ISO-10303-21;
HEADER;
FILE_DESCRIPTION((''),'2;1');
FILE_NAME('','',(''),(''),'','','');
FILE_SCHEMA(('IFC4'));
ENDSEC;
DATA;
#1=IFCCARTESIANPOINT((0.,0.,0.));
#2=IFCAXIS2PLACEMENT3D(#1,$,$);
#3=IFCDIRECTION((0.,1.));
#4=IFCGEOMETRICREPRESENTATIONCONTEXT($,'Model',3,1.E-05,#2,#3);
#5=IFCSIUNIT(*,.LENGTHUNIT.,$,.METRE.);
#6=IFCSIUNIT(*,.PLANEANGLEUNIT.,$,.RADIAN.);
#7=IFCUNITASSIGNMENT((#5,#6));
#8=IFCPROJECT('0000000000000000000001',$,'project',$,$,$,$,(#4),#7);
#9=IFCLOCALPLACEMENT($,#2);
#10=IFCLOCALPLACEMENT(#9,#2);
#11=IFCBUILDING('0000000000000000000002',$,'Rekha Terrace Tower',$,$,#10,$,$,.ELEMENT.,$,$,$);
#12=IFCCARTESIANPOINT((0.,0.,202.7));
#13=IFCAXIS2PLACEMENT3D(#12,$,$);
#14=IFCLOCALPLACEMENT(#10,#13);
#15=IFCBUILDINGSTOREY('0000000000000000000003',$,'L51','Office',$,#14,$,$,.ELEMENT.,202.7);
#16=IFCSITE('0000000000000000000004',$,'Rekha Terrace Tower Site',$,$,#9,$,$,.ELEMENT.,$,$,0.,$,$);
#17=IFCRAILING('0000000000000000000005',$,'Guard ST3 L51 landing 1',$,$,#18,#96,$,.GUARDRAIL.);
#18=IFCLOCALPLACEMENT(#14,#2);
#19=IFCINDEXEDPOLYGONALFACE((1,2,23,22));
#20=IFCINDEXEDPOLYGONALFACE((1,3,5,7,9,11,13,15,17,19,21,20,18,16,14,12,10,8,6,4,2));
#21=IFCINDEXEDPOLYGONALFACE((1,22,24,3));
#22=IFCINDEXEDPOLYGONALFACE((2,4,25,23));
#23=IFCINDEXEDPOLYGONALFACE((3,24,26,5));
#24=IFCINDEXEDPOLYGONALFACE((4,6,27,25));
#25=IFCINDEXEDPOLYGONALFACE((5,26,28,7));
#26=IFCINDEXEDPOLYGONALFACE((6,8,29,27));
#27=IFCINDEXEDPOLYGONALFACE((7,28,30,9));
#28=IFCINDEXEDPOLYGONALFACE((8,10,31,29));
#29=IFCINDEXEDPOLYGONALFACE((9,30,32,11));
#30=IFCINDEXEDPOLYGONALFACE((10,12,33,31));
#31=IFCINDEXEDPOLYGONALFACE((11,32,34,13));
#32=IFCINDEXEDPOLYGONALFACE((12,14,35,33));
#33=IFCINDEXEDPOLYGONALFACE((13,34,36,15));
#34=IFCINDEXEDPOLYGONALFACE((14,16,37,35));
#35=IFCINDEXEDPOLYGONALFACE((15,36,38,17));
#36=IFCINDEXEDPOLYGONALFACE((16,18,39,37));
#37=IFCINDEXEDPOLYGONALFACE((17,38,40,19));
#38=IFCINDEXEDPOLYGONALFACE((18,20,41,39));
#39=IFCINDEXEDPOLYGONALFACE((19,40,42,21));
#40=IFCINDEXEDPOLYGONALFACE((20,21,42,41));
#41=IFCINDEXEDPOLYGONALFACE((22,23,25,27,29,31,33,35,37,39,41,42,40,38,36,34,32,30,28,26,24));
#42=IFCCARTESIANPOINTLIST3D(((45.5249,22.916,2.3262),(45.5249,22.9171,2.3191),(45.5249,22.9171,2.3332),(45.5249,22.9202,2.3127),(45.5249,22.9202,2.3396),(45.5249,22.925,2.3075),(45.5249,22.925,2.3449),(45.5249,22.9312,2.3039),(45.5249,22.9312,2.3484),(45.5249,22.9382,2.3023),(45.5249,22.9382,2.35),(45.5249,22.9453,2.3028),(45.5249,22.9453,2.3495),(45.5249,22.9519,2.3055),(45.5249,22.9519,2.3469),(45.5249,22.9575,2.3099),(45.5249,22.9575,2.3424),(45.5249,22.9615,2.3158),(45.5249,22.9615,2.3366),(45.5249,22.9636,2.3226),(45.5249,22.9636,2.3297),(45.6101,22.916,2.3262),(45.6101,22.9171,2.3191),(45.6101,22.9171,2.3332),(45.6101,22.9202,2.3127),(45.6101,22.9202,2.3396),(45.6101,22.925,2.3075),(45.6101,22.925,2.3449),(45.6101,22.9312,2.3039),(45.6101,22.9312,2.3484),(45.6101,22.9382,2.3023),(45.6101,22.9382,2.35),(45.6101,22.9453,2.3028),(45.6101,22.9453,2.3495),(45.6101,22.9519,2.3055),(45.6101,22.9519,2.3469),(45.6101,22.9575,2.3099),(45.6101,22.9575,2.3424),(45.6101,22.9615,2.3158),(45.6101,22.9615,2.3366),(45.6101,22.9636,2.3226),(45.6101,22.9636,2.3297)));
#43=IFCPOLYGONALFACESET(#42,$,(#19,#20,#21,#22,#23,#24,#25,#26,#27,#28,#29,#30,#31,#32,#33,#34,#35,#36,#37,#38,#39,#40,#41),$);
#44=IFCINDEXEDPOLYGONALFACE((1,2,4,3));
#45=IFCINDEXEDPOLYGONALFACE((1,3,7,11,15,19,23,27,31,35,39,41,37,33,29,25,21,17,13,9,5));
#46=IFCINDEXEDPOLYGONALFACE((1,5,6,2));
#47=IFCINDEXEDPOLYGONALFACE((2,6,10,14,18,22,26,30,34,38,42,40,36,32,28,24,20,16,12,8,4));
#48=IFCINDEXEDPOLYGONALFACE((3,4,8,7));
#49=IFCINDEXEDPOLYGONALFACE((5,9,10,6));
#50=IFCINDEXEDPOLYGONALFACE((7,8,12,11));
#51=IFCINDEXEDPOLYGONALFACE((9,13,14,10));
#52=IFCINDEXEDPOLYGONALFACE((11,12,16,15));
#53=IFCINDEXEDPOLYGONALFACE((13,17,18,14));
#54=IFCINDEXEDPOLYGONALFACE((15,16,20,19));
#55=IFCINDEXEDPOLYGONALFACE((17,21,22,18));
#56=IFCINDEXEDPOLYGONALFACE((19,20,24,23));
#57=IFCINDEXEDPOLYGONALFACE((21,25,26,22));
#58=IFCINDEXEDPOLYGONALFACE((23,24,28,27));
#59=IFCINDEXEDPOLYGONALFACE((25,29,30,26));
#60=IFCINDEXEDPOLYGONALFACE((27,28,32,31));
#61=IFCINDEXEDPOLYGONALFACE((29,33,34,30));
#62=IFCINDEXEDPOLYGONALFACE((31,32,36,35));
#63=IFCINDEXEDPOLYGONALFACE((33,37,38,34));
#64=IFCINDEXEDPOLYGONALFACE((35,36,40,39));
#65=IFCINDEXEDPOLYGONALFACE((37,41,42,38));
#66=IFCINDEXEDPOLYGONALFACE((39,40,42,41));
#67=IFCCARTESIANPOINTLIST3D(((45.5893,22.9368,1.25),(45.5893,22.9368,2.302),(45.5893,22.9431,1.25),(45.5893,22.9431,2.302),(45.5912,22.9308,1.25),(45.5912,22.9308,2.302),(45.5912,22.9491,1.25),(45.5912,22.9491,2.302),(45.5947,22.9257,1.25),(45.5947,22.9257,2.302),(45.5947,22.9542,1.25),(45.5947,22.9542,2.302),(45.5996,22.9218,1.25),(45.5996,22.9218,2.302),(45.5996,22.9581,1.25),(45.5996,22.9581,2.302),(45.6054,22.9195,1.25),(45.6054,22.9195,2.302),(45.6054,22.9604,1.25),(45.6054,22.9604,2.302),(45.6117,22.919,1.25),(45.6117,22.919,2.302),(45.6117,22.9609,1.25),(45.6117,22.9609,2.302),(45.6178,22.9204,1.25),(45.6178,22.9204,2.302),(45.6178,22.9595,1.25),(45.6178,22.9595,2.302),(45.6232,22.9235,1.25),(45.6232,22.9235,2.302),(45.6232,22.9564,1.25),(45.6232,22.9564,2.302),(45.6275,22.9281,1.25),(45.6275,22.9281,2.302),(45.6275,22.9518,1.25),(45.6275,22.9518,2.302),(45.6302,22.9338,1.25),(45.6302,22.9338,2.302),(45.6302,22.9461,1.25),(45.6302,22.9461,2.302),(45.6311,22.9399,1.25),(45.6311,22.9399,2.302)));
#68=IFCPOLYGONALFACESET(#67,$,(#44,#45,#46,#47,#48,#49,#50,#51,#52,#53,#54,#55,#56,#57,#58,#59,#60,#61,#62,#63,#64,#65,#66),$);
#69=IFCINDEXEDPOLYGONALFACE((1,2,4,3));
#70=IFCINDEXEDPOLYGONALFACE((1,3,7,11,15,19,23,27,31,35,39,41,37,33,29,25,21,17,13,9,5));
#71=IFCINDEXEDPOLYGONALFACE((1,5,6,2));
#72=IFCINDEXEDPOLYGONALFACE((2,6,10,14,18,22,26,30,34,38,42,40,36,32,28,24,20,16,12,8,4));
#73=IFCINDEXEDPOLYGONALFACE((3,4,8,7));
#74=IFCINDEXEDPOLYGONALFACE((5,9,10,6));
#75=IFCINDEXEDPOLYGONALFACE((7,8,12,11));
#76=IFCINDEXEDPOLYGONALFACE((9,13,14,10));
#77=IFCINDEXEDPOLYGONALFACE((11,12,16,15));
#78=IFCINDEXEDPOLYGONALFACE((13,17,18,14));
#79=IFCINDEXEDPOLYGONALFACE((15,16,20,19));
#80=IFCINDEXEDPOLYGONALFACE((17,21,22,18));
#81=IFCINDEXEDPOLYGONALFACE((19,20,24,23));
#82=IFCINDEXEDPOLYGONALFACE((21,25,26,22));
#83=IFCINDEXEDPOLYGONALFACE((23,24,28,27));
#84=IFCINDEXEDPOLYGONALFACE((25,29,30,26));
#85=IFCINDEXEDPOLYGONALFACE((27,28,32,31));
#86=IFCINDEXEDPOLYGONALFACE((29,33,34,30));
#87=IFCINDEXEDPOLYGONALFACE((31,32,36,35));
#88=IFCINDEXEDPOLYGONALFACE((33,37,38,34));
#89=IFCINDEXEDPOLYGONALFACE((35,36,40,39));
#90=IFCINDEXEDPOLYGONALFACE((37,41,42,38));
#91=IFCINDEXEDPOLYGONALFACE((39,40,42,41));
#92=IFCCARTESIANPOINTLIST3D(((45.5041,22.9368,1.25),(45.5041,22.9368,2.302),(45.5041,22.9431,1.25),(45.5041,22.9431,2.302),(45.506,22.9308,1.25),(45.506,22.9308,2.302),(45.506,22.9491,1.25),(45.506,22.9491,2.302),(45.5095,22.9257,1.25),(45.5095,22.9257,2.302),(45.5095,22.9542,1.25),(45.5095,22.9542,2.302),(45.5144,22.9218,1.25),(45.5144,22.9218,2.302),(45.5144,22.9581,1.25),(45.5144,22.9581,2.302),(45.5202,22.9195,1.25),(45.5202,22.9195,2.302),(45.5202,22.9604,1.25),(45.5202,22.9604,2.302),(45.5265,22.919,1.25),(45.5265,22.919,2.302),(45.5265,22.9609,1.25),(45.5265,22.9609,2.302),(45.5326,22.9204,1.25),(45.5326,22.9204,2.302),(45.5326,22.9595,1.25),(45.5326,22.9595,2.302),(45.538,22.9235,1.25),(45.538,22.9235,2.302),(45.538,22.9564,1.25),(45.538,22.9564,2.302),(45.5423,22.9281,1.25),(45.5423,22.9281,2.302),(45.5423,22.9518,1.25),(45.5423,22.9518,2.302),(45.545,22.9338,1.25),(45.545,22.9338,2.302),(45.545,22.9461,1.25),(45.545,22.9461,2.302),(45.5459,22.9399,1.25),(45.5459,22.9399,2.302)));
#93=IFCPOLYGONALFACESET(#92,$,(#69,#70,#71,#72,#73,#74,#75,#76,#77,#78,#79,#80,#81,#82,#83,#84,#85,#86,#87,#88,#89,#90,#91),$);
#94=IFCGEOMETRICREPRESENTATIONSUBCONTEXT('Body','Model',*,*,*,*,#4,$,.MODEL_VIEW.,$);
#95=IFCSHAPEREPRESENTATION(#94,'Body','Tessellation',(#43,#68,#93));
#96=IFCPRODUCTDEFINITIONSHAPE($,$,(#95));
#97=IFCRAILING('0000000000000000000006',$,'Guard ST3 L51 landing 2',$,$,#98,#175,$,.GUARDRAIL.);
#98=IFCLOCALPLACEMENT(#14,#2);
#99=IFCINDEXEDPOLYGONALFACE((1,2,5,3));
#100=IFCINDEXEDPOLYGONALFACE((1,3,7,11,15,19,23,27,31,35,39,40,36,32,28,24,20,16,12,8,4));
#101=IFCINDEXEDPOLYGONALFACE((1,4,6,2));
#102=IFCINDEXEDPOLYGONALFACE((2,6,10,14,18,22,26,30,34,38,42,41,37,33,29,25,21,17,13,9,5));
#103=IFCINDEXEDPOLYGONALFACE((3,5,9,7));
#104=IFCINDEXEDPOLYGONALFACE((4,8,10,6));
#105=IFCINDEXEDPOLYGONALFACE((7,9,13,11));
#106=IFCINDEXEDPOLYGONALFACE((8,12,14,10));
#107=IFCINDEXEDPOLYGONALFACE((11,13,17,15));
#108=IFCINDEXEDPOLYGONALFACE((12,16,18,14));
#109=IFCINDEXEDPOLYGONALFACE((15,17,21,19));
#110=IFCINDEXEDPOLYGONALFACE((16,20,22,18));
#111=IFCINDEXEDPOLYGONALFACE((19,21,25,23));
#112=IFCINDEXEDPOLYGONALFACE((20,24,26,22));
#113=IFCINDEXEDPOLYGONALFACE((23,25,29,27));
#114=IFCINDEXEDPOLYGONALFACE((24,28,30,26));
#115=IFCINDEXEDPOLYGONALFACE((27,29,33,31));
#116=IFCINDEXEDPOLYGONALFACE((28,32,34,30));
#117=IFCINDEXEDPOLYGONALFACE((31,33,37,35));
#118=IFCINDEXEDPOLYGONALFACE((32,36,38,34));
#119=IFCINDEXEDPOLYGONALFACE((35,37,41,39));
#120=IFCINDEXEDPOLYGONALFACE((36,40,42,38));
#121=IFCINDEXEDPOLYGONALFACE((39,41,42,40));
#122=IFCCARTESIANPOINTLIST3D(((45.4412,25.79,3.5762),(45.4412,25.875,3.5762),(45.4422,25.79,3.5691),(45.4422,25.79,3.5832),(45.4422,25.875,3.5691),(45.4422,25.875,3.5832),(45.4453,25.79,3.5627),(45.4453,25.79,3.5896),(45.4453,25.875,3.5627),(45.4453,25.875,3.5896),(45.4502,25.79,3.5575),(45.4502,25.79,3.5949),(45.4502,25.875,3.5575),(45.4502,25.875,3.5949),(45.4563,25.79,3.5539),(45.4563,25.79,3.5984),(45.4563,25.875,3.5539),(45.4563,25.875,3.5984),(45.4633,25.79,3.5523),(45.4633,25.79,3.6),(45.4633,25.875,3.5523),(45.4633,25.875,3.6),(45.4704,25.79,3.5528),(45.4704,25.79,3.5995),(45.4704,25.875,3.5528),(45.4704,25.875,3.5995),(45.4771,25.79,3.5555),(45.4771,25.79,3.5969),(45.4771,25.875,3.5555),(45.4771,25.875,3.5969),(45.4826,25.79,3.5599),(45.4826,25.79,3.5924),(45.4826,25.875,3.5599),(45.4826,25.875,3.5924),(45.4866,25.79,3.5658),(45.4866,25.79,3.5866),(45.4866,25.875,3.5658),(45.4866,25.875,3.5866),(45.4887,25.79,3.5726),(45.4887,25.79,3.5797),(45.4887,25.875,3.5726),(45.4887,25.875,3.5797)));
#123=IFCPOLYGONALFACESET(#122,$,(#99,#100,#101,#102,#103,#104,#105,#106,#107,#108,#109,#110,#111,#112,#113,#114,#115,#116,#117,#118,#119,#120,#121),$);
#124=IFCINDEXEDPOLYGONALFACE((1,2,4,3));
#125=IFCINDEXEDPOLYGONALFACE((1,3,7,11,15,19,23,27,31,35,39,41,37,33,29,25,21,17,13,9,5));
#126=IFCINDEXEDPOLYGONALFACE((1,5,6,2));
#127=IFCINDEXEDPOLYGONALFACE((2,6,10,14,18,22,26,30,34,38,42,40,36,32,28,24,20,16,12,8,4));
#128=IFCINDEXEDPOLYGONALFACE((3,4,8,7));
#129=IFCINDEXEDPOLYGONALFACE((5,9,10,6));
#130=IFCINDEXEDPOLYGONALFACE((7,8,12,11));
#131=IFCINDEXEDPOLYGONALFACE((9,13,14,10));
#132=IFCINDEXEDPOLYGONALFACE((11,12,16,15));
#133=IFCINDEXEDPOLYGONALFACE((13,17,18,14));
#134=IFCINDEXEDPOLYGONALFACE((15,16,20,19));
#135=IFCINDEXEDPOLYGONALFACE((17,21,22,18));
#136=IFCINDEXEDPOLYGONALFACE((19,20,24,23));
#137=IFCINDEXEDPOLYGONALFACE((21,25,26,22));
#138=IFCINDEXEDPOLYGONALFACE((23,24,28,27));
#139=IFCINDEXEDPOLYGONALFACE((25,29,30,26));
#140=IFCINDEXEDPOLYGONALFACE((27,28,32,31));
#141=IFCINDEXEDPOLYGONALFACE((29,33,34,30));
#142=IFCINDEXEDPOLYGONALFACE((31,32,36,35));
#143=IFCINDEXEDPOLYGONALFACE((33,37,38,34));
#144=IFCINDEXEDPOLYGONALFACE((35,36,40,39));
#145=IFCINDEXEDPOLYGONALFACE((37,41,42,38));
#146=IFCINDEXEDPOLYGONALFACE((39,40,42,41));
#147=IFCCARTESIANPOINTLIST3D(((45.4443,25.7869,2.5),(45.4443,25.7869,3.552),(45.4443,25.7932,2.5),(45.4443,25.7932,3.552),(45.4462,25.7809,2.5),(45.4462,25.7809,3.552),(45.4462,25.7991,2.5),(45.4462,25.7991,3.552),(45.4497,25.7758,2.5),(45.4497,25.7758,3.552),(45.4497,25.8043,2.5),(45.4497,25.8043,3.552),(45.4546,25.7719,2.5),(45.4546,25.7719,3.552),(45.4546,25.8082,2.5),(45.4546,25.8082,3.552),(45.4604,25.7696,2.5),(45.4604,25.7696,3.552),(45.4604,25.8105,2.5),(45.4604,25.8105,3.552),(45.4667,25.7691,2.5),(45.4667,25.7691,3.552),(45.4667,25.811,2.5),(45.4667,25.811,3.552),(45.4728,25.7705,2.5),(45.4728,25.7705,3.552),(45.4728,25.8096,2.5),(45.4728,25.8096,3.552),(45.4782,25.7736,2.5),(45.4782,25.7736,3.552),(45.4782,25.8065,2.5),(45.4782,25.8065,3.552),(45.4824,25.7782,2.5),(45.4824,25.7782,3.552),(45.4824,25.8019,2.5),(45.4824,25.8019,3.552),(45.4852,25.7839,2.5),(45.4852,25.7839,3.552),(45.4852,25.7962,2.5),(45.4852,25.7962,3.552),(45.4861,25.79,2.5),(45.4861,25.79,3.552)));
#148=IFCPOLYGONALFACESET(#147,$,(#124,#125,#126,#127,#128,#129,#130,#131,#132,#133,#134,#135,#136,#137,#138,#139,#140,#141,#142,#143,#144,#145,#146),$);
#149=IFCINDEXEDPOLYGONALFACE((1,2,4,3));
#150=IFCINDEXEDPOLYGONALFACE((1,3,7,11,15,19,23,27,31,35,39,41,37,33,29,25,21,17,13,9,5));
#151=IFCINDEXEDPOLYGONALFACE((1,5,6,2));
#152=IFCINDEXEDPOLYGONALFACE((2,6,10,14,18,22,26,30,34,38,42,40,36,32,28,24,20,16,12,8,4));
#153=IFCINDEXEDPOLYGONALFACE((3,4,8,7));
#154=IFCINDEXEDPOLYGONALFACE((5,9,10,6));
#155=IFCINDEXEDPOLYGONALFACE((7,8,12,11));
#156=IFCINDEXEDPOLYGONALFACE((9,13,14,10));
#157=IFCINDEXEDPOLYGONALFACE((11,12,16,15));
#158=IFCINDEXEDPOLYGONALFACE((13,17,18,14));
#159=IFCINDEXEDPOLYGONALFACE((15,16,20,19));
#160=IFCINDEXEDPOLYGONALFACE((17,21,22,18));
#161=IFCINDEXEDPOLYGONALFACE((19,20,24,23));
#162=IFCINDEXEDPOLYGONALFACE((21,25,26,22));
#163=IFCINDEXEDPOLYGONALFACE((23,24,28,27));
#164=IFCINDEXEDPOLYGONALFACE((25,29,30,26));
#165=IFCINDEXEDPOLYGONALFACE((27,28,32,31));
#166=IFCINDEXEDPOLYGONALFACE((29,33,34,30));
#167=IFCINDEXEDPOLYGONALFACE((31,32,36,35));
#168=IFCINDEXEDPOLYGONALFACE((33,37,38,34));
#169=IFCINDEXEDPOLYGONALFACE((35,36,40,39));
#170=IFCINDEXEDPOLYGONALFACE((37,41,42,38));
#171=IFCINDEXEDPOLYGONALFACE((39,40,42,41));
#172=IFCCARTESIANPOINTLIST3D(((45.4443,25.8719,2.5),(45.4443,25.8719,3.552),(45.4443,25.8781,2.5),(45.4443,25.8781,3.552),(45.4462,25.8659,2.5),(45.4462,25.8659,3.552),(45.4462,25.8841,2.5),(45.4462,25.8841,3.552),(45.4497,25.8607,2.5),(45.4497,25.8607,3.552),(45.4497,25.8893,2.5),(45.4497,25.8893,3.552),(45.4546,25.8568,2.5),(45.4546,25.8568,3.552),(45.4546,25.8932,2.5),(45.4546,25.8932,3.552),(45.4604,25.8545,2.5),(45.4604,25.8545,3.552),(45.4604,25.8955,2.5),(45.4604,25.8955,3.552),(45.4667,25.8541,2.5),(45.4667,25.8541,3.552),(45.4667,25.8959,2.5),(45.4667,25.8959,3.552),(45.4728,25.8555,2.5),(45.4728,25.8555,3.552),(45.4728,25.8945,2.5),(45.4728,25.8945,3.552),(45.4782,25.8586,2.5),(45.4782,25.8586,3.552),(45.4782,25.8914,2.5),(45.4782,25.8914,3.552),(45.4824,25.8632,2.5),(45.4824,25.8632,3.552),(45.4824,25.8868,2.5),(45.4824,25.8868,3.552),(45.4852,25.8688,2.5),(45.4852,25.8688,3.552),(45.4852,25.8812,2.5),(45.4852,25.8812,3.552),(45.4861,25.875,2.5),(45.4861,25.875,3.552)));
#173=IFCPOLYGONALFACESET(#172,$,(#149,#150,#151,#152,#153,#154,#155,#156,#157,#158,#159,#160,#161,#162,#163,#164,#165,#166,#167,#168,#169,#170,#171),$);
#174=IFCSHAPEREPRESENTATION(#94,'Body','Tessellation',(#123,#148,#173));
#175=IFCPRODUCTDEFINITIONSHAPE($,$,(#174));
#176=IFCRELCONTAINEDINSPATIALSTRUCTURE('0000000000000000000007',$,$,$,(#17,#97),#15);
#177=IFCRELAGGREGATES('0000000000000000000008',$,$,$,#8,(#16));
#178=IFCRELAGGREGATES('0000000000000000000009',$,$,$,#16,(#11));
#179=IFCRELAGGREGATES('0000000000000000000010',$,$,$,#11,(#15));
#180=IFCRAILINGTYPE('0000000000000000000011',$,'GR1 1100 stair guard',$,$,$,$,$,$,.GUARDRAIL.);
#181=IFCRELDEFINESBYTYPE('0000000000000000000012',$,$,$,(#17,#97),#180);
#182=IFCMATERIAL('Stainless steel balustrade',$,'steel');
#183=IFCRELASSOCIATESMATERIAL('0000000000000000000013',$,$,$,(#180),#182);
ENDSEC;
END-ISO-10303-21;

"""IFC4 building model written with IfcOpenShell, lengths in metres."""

from ifc_helpers import new_model, si_unit, direction, frame, origin, origin_2d, place, context, subcontext, project, spatial, circle, extrude, material, type_object, element, save


model = new_model("IFC4")

# Units and contexts
model_context = context("Model", 3, precision=1e-05, world=origin(), true_north=direction((0.0, 1.0)))
body_context = subcontext(model_context, "Body", "Model", "MODEL_VIEW")
ifc_project = project(units=[si_unit("LENGTHUNIT", "METRE"), si_unit("PLANEANGLEUNIT", "RADIAN")], contexts=[model_context])

# Site, building, storey
site_placement = place(None, origin())
site = spatial("IfcSite", under=ifc_project, at=site_placement, Name="Rekha Terrace Tower Site", CompositionType="ELEMENT", RefElevation=0.0)
building_placement = place(site_placement, origin())
building = spatial("IfcBuilding", under=site, at=building_placement, Name="Rekha Terrace Tower", CompositionType="ELEMENT")
storey_placement = place(building_placement, frame((0.0, 0.0, 202.7)))
storey = spatial("IfcBuildingStorey", under=building, at=storey_placement, Name="L51", Description="Office", CompositionType="ELEMENT", Elevation=202.7)

# Railings
ifc_material_1 = material(Name="Stainless steel balustrade", Category="steel")
railing_type_1 = type_object("IfcRailingType", Name="GR1 1100 stair guard", PredefinedType="GUARDRAIL", material=ifc_material_1)
railing_1_placement = place(storey_placement, frame((45.6101, 22.9399, 1.25)))
element("IfcRailing", 1, at=railing_1_placement, inside=storey, type_object=railing_type_1, Name="Guard ST3 L51 landing 1", PredefinedType="GUARDRAIL", context=body_context, shape_type="SweptSolid", body=[
    extrude(circle(Radius=0.0239, at=origin_2d()), frame((0.0, 0.0, 1.0762), z_axis=(-1.0, 0.0, 0.0), x_axis=(0.0, -1.0, 0.0)), (0.0, 0.0, 1.0), 0.0852),
    extrude(circle(Radius=0.021, at=origin_2d()), origin(), (0.0, 0.0, 1.0), 1.052),
    extrude(circle(Radius=0.021, at=origin_2d()), frame((-0.0852, 0.0, 0.0)), (0.0, 0.0, 1.0), 1.052),
])
railing_2_placement = place(storey_placement, frame((45.4651, 25.79, 2.5)))
element("IfcRailing", 2, at=railing_2_placement, inside=storey, type_object=railing_type_1, Name="Guard ST3 L51 landing 2", PredefinedType="GUARDRAIL", context=body_context, shape_type="SweptSolid", body=[
    extrude(circle(Radius=0.0239, at=origin_2d()), frame((0.0, 0.0, 1.0762), z_axis=(0.0, 1.0, 0.0), x_axis=(-1.0, 0.0, 0.0)), (0.0, 0.0, 1.0), 0.085),
    extrude(circle(Radius=0.021, at=origin_2d()), origin(), (0.0, 0.0, 1.0), 1.052),
    extrude(circle(Radius=0.021, at=origin_2d()), frame((0.0, 0.085, 0.0)), (0.0, 0.0, 1.0), 1.052),
])

save(model, "model.ifc")
